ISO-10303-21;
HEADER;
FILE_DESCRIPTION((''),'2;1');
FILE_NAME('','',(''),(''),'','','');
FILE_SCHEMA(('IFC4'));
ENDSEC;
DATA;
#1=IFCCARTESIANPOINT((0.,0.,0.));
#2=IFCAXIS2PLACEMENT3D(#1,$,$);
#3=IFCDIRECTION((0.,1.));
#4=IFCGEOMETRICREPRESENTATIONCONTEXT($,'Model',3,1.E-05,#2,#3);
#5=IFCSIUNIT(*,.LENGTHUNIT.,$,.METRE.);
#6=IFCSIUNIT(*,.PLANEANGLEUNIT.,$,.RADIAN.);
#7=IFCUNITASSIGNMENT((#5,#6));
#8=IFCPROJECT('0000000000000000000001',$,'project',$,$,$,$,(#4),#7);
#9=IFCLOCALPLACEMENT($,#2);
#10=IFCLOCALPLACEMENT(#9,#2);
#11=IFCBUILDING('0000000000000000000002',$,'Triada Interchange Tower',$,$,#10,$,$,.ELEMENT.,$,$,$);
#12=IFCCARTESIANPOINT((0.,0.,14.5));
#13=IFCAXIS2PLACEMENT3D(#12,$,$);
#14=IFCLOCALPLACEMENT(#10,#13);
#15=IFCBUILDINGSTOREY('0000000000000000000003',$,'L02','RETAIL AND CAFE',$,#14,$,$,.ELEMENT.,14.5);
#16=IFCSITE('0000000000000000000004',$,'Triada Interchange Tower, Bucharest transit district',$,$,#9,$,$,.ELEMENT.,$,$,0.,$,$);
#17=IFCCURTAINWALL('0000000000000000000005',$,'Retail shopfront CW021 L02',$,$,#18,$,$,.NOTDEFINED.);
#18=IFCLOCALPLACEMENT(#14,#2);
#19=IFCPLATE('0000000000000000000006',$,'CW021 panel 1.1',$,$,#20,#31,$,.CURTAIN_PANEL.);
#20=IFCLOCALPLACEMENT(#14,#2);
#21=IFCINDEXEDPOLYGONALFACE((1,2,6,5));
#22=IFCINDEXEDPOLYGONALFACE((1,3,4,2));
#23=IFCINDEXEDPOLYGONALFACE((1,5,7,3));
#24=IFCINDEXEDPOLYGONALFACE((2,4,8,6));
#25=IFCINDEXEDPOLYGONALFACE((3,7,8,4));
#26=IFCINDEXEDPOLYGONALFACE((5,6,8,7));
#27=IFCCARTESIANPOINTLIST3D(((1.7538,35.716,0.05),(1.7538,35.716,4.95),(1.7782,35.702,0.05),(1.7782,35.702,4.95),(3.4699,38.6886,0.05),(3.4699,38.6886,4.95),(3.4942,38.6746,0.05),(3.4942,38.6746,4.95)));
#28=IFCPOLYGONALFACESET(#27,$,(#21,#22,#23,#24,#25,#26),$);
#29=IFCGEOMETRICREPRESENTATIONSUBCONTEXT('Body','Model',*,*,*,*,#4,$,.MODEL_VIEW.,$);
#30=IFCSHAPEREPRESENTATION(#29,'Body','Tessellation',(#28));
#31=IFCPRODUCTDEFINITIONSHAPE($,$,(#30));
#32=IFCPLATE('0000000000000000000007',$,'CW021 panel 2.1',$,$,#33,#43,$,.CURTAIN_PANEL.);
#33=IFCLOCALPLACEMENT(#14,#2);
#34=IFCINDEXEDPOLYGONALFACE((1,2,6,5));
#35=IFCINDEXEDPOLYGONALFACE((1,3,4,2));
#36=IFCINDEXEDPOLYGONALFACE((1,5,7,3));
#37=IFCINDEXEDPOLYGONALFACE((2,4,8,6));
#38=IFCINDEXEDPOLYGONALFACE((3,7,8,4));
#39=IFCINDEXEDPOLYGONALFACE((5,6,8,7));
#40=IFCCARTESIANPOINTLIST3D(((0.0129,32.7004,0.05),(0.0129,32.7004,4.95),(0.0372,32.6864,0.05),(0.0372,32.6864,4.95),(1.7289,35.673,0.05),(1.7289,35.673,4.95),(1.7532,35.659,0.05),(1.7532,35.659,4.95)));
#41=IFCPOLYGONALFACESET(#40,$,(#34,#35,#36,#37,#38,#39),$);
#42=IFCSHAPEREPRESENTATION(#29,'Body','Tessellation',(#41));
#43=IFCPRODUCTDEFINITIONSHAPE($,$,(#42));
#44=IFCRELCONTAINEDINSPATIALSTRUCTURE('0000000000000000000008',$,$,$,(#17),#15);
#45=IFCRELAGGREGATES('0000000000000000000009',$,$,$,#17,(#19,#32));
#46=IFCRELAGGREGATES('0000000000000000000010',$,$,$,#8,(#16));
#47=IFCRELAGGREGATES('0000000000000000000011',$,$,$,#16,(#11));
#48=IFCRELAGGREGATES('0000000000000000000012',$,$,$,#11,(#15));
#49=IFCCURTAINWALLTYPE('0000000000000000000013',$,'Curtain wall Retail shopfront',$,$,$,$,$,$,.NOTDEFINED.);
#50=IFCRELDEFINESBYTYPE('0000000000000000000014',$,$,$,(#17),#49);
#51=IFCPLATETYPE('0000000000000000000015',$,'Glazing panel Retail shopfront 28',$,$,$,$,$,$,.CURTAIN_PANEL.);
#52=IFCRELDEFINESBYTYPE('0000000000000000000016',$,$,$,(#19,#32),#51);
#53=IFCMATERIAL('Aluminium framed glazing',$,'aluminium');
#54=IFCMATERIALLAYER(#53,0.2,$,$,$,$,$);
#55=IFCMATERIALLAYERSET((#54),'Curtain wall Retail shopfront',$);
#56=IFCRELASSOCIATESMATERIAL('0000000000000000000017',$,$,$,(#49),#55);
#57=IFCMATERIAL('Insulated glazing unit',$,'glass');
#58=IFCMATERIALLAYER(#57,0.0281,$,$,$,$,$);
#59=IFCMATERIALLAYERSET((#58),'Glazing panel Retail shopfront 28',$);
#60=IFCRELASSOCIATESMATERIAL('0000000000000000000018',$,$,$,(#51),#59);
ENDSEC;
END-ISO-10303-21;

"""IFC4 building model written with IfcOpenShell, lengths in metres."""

from ifc_helpers import new_model, si_unit, direction, frame, origin, origin_2d, place, context, subcontext, project, spatial, rectangle, extrude, material, layer, layer_set, type_object, element, aggregate, save


model = new_model("IFC4")

# Units and contexts
model_context = context("Model", 3, precision=1e-05, world=origin(), true_north=direction((0.0, 1.0)))
body_context = subcontext(model_context, "Body", "Model", "MODEL_VIEW")
ifc_project = project(units=[si_unit("LENGTHUNIT", "METRE"), si_unit("PLANEANGLEUNIT", "RADIAN")], contexts=[model_context])

# Site, building, storey
site_placement = place(None, origin())
site = spatial("IfcSite", under=ifc_project, at=site_placement, Name="Triada Interchange Tower, Bucharest transit district", CompositionType="ELEMENT", RefElevation=0.0)
building_placement = place(site_placement, origin())
building = spatial("IfcBuilding", under=site, at=building_placement, Name="Triada Interchange Tower", CompositionType="ELEMENT")
storey_placement = place(building_placement, frame((0.0, 0.0, 14.5)))
storey = spatial("IfcBuildingStorey", under=building, at=storey_placement, Name="L02", Description="RETAIL AND CAFE", CompositionType="ELEMENT", Elevation=14.5)

# Shared definitions
ifc_material_1 = material(Name="Aluminium framed glazing", Category="aluminium")
ifc_layer_1 = layer(ifc_material_1, 0.2)
ifc_layer_set_1 = layer_set([ifc_layer_1], Name="Curtain wall Retail shopfront")
curtain_wall_type = type_object("IfcCurtainWallType", Name="Curtain wall Retail shopfront", PredefinedType="NOTDEFINED", material=ifc_layer_set_1)

# Curtain wall
curtain_wall_1_placement = place(storey_placement, origin())
curtain_wall_1 = element("IfcCurtainWall", 1, at=curtain_wall_1_placement, inside=storey, type_object=curtain_wall_type, Name="Retail shopfront CW021 L02", PredefinedType="NOTDEFINED")

# Plates
ifc_material_2 = material(Name="Insulated glazing unit", Category="glass")
ifc_layer_2 = layer(ifc_material_2, 0.0281)
ifc_layer_set_2 = layer_set([ifc_layer_2], Name="Glazing panel Retail shopfront 28")
plate_type = type_object("IfcPlateType", Name="Glazing panel Retail shopfront 28", PredefinedType="CURTAIN_PANEL", material=ifc_layer_set_2)
plate_1_placement = place(storey_placement, frame((2.624, 37.1953, 0.05), z_axis=(0.0, 0.0, 1.0), x_axis=(-0.499957, -0.86605, 0.0)))
plate_1 = element("IfcPlate", 2, at=plate_1_placement, type_object=plate_type, Name="CW021 panel 1.1", PredefinedType="CURTAIN_PANEL", context=body_context, shape_type="SweptSolid", body=[
    extrude(rectangle(XDim=3.4324, YDim=0.0281, at=origin_2d()), origin(), (0.0, 0.0, 1.0), 4.8999),
])
plate_2_placement = place(storey_placement, frame((0.8831, 34.1797, 0.05), z_axis=(0.0, 0.0, 1.0), x_axis=(-0.499957, -0.86605, 0.0)))
plate_2 = element("IfcPlate", 3, at=plate_2_placement, type_object=plate_type, Name="CW021 panel 2.1", PredefinedType="CURTAIN_PANEL", context=body_context, shape_type="SweptSolid", body=[
    extrude(rectangle(XDim=3.4324, YDim=0.0281, at=origin_2d()), origin(), (0.0, 0.0, 1.0), 4.8999),
])
aggregate(curtain_wall_1, [plate_1, plate_2])

save(model, "model.ifc")
